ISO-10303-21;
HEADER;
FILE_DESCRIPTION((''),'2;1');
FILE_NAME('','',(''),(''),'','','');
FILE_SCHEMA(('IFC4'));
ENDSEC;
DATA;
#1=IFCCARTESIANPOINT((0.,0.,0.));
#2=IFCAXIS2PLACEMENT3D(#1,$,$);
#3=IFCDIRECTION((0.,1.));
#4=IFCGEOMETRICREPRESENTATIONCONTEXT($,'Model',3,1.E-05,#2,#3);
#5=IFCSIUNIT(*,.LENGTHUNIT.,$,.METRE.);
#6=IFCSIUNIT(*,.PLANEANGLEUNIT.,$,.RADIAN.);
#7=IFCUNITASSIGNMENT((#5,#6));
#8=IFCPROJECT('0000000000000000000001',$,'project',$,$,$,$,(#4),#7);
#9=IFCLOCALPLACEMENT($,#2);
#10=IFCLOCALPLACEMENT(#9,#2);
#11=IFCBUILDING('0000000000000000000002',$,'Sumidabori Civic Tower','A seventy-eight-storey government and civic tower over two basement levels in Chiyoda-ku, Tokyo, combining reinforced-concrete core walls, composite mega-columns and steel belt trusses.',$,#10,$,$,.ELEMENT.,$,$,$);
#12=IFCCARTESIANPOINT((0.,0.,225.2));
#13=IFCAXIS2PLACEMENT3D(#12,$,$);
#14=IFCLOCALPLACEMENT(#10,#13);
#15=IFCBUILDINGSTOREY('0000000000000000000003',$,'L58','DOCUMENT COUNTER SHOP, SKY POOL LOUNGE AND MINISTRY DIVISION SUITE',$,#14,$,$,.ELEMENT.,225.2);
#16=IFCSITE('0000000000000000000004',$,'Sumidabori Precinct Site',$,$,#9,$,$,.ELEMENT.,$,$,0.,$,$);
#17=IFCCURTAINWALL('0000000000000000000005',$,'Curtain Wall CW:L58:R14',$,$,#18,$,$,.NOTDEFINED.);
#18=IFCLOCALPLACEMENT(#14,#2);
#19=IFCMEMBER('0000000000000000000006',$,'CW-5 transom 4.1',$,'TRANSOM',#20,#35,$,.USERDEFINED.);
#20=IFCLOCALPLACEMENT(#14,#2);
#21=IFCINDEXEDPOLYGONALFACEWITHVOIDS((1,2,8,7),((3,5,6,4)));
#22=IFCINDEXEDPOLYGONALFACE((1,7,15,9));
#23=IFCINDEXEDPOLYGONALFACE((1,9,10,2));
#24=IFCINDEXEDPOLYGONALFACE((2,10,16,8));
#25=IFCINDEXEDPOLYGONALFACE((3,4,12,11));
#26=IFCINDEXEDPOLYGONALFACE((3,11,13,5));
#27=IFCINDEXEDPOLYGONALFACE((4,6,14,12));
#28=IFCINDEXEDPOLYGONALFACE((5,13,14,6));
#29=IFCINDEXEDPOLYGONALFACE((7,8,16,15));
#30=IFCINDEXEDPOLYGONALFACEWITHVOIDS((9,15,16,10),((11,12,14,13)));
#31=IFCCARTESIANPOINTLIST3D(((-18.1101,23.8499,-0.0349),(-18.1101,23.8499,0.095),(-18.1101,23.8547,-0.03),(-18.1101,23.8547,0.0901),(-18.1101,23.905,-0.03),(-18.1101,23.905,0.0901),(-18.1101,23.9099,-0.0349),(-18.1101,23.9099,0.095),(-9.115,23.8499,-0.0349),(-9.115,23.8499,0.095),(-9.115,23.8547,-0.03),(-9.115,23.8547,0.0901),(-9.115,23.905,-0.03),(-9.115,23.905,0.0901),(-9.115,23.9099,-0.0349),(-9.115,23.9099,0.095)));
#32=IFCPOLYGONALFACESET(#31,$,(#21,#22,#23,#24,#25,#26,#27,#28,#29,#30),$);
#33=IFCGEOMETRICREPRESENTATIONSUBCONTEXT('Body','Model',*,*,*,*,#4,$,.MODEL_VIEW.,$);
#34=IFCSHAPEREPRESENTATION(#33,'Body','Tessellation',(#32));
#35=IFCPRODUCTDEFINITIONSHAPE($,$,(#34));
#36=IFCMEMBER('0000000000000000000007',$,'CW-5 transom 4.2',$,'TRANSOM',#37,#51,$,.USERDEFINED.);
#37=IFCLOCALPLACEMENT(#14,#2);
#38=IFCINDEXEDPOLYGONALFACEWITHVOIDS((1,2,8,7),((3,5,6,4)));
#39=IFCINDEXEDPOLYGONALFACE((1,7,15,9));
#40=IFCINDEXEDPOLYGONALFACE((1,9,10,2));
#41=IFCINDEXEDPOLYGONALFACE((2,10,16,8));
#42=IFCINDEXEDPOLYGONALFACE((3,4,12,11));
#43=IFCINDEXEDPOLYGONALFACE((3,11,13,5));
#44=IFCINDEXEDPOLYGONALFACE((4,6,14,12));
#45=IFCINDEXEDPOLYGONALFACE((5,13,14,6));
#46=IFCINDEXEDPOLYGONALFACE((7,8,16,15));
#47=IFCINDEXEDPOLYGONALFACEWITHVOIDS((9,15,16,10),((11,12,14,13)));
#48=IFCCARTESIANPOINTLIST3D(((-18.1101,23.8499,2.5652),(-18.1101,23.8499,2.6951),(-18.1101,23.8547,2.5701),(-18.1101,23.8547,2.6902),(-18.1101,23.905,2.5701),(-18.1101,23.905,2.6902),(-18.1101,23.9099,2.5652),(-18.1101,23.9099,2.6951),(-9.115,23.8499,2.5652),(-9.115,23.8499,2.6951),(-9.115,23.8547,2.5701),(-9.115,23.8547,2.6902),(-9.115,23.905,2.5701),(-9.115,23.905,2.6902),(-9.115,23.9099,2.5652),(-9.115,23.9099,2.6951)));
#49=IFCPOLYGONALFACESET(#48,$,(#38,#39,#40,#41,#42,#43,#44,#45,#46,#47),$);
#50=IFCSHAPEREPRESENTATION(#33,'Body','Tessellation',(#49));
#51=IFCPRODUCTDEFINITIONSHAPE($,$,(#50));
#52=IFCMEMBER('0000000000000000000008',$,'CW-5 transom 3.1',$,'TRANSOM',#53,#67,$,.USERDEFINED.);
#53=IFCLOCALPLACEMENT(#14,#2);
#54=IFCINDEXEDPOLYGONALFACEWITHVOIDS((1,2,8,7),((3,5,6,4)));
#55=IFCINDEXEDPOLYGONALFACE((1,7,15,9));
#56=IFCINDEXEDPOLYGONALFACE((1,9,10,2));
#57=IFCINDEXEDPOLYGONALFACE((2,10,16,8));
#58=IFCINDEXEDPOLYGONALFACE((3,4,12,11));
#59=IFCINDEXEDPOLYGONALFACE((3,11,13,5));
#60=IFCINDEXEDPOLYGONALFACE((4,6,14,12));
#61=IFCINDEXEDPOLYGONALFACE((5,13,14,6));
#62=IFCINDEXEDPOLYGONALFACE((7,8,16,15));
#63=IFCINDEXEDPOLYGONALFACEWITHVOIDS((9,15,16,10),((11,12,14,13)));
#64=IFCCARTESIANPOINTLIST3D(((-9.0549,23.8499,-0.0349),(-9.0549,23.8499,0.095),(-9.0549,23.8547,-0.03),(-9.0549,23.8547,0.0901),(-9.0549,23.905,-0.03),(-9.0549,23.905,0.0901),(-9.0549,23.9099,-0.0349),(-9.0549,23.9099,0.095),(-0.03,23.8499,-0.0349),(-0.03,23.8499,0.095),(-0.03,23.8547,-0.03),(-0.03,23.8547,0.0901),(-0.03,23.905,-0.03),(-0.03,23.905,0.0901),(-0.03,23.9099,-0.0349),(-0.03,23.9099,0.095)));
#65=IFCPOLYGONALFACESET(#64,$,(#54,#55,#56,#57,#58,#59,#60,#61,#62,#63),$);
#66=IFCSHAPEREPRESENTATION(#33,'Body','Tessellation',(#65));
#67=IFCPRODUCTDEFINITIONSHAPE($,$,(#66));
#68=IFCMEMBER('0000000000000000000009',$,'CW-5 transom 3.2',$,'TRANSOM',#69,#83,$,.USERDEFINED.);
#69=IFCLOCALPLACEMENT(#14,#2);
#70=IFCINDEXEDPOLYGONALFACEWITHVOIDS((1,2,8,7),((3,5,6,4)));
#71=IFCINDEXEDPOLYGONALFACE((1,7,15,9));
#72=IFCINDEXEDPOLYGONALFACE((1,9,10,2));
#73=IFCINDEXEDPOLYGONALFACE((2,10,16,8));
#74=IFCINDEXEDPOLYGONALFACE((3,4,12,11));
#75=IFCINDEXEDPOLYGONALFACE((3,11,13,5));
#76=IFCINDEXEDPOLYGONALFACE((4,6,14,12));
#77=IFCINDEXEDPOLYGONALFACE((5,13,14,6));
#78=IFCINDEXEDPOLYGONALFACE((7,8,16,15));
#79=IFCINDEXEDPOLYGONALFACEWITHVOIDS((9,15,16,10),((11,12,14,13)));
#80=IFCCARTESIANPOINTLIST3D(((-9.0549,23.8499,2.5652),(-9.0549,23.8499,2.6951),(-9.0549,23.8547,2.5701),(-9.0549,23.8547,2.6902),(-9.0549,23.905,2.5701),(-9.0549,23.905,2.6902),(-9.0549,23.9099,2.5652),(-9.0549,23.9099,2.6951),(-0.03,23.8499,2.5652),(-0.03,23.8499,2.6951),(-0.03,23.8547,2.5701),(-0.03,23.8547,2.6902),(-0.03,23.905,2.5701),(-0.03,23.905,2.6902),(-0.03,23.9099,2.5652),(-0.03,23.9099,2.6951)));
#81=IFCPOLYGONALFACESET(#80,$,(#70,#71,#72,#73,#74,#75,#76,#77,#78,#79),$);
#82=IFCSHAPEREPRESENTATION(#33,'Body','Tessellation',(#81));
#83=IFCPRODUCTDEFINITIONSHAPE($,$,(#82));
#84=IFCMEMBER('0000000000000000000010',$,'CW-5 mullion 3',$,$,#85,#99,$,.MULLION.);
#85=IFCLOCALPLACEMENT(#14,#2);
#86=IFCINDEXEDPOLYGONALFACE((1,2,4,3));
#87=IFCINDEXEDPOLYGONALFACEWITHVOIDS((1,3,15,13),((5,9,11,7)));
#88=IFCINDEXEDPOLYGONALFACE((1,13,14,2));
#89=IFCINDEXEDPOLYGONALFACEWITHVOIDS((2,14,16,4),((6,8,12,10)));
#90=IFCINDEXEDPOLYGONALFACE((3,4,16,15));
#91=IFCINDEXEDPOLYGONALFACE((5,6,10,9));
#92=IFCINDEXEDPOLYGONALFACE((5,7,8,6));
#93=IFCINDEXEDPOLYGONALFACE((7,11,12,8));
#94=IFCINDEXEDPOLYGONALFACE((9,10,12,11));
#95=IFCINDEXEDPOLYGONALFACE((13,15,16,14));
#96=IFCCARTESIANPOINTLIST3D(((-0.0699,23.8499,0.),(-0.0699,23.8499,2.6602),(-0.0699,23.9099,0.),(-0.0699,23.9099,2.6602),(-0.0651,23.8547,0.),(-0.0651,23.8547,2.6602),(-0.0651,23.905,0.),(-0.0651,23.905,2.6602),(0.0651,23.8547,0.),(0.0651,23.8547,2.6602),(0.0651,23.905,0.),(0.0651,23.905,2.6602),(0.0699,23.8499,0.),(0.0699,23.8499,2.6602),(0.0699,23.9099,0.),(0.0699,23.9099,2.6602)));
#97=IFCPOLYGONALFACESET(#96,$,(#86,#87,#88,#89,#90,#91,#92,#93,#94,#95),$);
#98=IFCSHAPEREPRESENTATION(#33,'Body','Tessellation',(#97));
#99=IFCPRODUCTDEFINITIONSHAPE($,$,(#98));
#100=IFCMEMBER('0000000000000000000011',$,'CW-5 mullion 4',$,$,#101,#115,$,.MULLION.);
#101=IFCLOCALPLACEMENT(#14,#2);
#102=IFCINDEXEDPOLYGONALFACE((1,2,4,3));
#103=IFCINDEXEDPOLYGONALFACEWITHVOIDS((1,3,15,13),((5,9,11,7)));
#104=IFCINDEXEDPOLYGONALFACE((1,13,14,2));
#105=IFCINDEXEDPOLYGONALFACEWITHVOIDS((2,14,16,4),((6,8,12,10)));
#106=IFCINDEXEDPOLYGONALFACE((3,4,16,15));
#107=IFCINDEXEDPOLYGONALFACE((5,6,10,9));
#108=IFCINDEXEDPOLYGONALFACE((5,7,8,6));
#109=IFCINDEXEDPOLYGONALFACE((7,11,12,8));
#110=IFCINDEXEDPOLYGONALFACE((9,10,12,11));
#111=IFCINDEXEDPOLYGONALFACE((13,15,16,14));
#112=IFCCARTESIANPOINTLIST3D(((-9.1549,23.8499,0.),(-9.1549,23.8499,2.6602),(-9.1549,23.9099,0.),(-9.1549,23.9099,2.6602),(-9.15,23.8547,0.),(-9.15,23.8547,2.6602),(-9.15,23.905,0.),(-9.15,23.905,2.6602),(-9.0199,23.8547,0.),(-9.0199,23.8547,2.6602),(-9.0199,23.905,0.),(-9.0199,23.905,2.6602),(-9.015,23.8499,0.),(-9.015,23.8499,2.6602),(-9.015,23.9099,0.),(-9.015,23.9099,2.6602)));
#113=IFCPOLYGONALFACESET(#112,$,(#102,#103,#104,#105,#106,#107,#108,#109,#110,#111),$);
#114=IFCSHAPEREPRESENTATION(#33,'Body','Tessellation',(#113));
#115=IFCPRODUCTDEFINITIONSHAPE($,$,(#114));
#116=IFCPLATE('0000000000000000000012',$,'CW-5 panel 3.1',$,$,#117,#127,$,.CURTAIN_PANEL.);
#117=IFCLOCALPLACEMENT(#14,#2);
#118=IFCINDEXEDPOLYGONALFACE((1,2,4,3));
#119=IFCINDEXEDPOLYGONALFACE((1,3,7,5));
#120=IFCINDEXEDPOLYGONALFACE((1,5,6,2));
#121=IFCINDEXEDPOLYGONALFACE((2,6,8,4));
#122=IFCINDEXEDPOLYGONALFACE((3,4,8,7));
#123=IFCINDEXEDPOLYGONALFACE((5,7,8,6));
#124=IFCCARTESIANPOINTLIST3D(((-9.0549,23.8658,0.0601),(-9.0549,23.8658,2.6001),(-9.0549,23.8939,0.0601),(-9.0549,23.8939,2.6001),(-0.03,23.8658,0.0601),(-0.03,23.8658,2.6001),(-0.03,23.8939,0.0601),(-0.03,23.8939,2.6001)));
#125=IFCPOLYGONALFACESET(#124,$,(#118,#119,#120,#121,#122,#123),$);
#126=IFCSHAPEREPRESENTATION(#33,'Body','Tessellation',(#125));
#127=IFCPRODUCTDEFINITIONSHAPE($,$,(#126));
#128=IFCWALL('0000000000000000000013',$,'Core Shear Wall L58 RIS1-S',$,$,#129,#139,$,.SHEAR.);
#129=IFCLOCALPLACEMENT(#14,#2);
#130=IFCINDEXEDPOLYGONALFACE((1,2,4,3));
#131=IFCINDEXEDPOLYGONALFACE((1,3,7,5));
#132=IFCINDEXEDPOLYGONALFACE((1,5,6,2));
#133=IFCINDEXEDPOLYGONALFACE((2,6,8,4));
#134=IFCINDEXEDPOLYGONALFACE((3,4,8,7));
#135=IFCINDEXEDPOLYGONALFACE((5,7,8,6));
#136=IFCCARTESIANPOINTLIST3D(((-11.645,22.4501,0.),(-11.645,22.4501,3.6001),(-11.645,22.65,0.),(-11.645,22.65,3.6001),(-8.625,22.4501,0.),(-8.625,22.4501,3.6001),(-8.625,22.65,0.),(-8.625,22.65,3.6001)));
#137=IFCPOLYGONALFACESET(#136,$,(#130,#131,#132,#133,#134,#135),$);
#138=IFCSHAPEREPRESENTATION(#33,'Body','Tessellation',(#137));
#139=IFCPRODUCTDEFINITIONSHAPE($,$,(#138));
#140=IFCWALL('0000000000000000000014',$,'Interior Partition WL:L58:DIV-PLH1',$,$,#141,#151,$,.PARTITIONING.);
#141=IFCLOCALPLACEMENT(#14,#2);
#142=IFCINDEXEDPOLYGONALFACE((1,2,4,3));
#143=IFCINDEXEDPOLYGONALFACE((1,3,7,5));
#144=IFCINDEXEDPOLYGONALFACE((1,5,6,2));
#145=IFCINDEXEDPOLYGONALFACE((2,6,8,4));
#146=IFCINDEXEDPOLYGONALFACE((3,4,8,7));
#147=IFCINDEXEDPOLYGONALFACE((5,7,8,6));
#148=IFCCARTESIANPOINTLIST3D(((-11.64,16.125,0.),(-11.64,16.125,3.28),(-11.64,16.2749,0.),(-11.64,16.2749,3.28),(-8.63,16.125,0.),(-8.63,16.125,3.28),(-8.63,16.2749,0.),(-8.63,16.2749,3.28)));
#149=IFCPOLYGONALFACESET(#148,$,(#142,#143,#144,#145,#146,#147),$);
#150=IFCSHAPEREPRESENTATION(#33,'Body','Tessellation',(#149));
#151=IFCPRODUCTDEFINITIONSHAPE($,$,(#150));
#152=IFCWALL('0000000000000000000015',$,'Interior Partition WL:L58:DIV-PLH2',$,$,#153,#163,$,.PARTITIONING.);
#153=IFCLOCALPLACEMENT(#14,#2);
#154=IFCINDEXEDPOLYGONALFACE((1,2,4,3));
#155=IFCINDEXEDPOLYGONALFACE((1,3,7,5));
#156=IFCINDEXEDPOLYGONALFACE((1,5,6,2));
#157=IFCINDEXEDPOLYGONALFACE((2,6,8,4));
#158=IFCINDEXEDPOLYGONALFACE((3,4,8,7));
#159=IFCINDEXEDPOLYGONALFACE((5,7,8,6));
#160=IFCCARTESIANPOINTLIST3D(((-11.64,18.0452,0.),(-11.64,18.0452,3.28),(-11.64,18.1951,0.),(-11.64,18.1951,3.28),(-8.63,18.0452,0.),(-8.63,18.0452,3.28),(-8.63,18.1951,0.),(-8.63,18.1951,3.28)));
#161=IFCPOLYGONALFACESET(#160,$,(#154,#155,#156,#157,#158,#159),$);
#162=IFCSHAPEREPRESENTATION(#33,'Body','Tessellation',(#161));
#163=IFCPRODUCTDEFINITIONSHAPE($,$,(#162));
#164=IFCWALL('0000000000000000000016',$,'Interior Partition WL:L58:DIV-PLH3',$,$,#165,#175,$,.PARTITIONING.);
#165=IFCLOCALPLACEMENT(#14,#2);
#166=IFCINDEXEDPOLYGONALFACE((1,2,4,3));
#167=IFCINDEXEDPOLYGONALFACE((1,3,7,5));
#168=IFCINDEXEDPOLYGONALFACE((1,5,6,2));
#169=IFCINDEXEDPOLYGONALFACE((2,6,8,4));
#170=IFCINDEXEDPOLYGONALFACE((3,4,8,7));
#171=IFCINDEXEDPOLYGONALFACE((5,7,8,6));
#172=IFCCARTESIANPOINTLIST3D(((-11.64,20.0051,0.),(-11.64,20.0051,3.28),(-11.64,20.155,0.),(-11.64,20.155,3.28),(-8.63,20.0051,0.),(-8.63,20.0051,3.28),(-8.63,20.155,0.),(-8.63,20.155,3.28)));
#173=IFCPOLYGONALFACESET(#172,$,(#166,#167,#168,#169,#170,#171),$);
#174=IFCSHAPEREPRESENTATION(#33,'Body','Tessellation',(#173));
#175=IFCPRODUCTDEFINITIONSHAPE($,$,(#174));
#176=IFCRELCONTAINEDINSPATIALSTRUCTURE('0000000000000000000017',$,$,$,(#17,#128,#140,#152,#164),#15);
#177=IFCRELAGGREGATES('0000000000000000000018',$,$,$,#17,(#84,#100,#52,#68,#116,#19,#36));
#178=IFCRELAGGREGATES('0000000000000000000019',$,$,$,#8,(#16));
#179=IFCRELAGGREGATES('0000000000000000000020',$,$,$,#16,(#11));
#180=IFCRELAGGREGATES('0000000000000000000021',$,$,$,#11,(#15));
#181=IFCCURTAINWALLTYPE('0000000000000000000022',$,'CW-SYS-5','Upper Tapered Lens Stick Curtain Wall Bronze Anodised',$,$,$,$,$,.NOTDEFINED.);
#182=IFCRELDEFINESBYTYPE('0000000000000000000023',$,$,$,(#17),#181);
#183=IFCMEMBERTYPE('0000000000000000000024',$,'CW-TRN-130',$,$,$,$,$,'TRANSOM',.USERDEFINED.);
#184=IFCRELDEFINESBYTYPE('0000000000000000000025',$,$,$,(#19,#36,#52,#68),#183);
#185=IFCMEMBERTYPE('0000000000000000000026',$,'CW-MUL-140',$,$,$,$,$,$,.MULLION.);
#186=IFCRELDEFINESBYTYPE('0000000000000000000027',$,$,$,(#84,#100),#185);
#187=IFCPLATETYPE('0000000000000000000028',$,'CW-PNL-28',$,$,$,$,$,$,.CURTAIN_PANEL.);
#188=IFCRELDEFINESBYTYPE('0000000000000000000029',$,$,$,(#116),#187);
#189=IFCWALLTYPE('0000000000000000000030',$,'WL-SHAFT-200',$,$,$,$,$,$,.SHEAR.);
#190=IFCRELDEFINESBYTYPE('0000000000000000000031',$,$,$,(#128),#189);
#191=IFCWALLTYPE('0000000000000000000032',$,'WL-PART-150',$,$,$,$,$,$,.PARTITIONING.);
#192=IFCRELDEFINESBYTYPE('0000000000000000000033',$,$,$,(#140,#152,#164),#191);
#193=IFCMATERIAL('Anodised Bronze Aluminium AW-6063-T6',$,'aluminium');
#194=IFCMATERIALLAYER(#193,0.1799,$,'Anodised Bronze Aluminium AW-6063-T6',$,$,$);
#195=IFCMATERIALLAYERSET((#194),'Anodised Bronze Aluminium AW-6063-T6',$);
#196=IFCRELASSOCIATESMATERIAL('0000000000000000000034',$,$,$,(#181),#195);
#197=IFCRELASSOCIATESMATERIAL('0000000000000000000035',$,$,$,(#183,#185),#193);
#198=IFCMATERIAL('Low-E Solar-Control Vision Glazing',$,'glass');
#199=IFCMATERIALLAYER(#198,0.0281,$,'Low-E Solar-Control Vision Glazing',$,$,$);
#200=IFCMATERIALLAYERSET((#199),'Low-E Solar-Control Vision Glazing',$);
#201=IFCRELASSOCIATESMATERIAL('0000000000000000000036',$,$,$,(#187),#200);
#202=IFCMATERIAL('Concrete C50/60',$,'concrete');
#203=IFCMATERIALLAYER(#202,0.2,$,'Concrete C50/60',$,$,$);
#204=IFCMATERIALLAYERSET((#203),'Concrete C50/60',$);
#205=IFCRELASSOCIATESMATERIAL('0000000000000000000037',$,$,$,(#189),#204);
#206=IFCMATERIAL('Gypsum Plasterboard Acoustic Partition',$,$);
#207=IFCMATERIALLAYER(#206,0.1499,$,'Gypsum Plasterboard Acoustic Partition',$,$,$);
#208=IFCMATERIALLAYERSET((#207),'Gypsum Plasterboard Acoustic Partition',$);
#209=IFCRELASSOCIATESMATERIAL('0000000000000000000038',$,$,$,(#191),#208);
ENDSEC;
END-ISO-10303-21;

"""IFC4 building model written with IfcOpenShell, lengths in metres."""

from ifc_helpers import new_model, si_unit, direction, frame, frame_2d, origin, origin_2d, place, context, subcontext, project, spatial, rectangle, hollow_rectangle, extrude, source, transform, mapped, material, layer, layer_set, material_profile, profile_set, type_object, element, aggregate, save


model = new_model("IFC4")

# Units and contexts
model_context = context("Model", 3, precision=1e-05, world=origin(), true_north=direction((0.0, 1.0)))
body_context = subcontext(model_context, "Body", "Model", "MODEL_VIEW")
ifc_project = project(units=[si_unit("LENGTHUNIT", "METRE"), si_unit("PLANEANGLEUNIT", "RADIAN")], contexts=[model_context])

# Site, building, storey
site_placement = place(None, origin())
site = spatial("IfcSite", under=ifc_project, at=site_placement, Name="Sumidabori Precinct Site", CompositionType="ELEMENT", RefElevation=0.0)
building_placement = place(site_placement, origin())
building = spatial("IfcBuilding", under=site, at=building_placement, Name="Sumidabori Civic Tower", Description="A seventy-eight-storey government and civic tower over two basement levels in Chiyoda-ku, Tokyo, combining reinforced-concrete core walls, composite mega-columns and steel belt trusses.", CompositionType="ELEMENT")
storey_placement = place(building_placement, frame((0.0, 0.0, 225.2)))
storey = spatial("IfcBuildingStorey", under=building, at=storey_placement, Name="L58", Description="DOCUMENT COUNTER SHOP, SKY POOL LOUNGE AND MINISTRY DIVISION SUITE", CompositionType="ELEMENT", Elevation=225.2)

# Curtain wall, members, plate
ifc_material_1 = material(Name="Anodised Bronze Aluminium AW-6063-T6", Category="aluminium")
ifc_layer_1 = layer(ifc_material_1, 0.1799, Name="Anodised Bronze Aluminium AW-6063-T6")
ifc_layer_set_1 = layer_set([ifc_layer_1], Name="Anodised Bronze Aluminium AW-6063-T6")
curtain_wall_type = type_object("IfcCurtainWallType", Name="CW-SYS-5", Description="Upper Tapered Lens Stick Curtain Wall Bronze Anodised", PredefinedType="NOTDEFINED", material=ifc_layer_set_1)
curtain_wall_placement = place(storey_placement, origin())
curtain_wall = element("IfcCurtainWall", 1, at=curtain_wall_placement, inside=storey, type_object=curtain_wall_type, Name="Curtain Wall CW:L58:R14", PredefinedType="NOTDEFINED")
ifc_material_profile_1 = material_profile(ifc_material_1, hollow_rectangle(XDim=0.0601, YDim=0.1299, WallThickness=0.0049, at=origin_2d()), Name="ALU TRANSOM 130x60")
ifc_profile_set_1 = profile_set([ifc_material_profile_1], Name="Anodised Bronze Aluminium AW-6063-T6")
member_type_1 = type_object("IfcMemberType", Name="CW-TRN-130", ElementType="TRANSOM", PredefinedType="USERDEFINED", material=ifc_profile_set_1)
shared_shape_1 = source(origin(), body_context, "Body", "SweptSolid", [
    extrude(hollow_rectangle(XDim=0.0601, YDim=0.1299, WallThickness=0.0049, at=origin_2d()), origin(), (0.0, 0.0, 1.0), 8.9951),
])
member_1_placement = place(storey_placement, frame((-9.115, 23.8799, 0.03), z_axis=(-1.0, 0.0, 0.0), x_axis=(0.0, -1.0, 0.0)))
member_1 = element("IfcMember", 2, at=member_1_placement, type_object=member_type_1, Name="CW-5 transom 4.1", ObjectType="TRANSOM", PredefinedType="USERDEFINED", context=body_context, shape_type="MappedRepresentation", body=[
    mapped(shared_shape_1, transform((0.0, 0.0, 0.0), x_axis=(1.0, 0.0, 0.0), y_axis=(0.0, 1.0, 0.0), z_axis=(0.0, 0.0, 1.0), scale=1.0)),
])
member_2_placement = place(storey_placement, frame((-9.115, 23.8799, 2.6301), z_axis=(-1.0, 0.0, 0.0), x_axis=(0.0, -1.0, 0.0)))
member_2 = element("IfcMember", 3, at=member_2_placement, type_object=member_type_1, Name="CW-5 transom 4.2", ObjectType="TRANSOM", PredefinedType="USERDEFINED", context=body_context, shape_type="MappedRepresentation", body=[
    mapped(shared_shape_1, transform((0.0, 0.0, 0.0), x_axis=(1.0, 0.0, 0.0), y_axis=(0.0, 1.0, 0.0), z_axis=(0.0, 0.0, 1.0), scale=1.0)),
])
shared_shape_2 = source(origin(), body_context, "Body", "SweptSolid", [
    extrude(hollow_rectangle(XDim=0.0601, YDim=0.1299, WallThickness=0.0049, at=origin_2d()), origin(), (0.0, 0.0, 1.0), 9.0249),
])
member_3_placement = place(storey_placement, frame((-0.03, 23.8799, 0.03), z_axis=(-1.0, 0.0, 0.0), x_axis=(0.0, -1.0, 0.0)))
member_3 = element("IfcMember", 4, at=member_3_placement, type_object=member_type_1, Name="CW-5 transom 3.1", ObjectType="TRANSOM", PredefinedType="USERDEFINED", context=body_context, shape_type="MappedRepresentation", body=[
    mapped(shared_shape_2, transform((0.0, 0.0, 0.0), x_axis=(1.0, 0.0, 0.0), y_axis=(0.0, 1.0, 0.0), z_axis=(0.0, 0.0, 1.0), scale=1.0)),
])
member_4_placement = place(storey_placement, frame((-0.03, 23.8799, 2.6301), z_axis=(-1.0, 0.0, 0.0), x_axis=(0.0, -1.0, 0.0)))
member_4 = element("IfcMember", 5, at=member_4_placement, type_object=member_type_1, Name="CW-5 transom 3.2", ObjectType="TRANSOM", PredefinedType="USERDEFINED", context=body_context, shape_type="MappedRepresentation", body=[
    mapped(shared_shape_2, transform((0.0, 0.0, 0.0), x_axis=(1.0, 0.0, 0.0), y_axis=(0.0, 1.0, 0.0), z_axis=(0.0, 0.0, 1.0), scale=1.0)),
])
ifc_material_profile_2 = material_profile(ifc_material_1, hollow_rectangle(XDim=0.0601, YDim=0.1399, WallThickness=0.0049, at=origin_2d()), Name="ALU MULLION 140x60")
ifc_profile_set_2 = profile_set([ifc_material_profile_2], Name="Anodised Bronze Aluminium AW-6063-T6")
member_type_2 = type_object("IfcMemberType", Name="CW-MUL-140", PredefinedType="MULLION", material=ifc_profile_set_2)
shared_shape_3 = source(origin(), body_context, "Body", "SweptSolid", [
    extrude(hollow_rectangle(XDim=0.0601, YDim=0.1399, WallThickness=0.0049, at=origin_2d()), origin(), (0.0, 0.0, 1.0), 2.6602),
])
member_5_placement = place(storey_placement, frame((0.0, 23.8799, 0.0), z_axis=(0.0, 0.0, 1.0), x_axis=(0.0, -1.0, 0.0)))
member_5 = element("IfcMember", 6, at=member_5_placement, type_object=member_type_2, Name="CW-5 mullion 3", PredefinedType="MULLION", context=body_context, shape_type="MappedRepresentation", body=[
    mapped(shared_shape_3, transform((0.0, 0.0, 0.0), x_axis=(1.0, 0.0, 0.0), y_axis=(0.0, 1.0, 0.0), z_axis=(0.0, 0.0, 1.0), scale=1.0)),
])
member_6_placement = place(storey_placement, frame((-9.085, 23.8799, 0.0), z_axis=(0.0, 0.0, 1.0), x_axis=(0.0, -1.0, 0.0)))
member_6 = element("IfcMember", 7, at=member_6_placement, type_object=member_type_2, Name="CW-5 mullion 4", PredefinedType="MULLION", context=body_context, shape_type="MappedRepresentation", body=[
    mapped(shared_shape_3, transform((0.0, 0.0, 0.0), x_axis=(1.0, 0.0, 0.0), y_axis=(0.0, 1.0, 0.0), z_axis=(0.0, 0.0, 1.0), scale=1.0)),
])
ifc_material_2 = material(Name="Low-E Solar-Control Vision Glazing", Category="glass")
ifc_layer_2 = layer(ifc_material_2, 0.0281, Name="Low-E Solar-Control Vision Glazing")
ifc_layer_set_2 = layer_set([ifc_layer_2], Name="Low-E Solar-Control Vision Glazing")
plate_type = type_object("IfcPlateType", Name="CW-PNL-28", PredefinedType="CURTAIN_PANEL", material=ifc_layer_set_2)
shared_shape_4 = source(origin(), body_context, "Body", "SweptSolid", [
    extrude(rectangle(XDim=9.0249, YDim=0.0281, at=origin_2d()), origin(), (0.0, 0.0, 1.0), 2.54),
])
plate_placement = place(storey_placement, frame((-4.5425, 23.8799, 0.0601), z_axis=(0.0, 0.0, 1.0), x_axis=(-1.0, 0.0, 0.0)))
plate = element("IfcPlate", 8, at=plate_placement, type_object=plate_type, Name="CW-5 panel 3.1", PredefinedType="CURTAIN_PANEL", context=body_context, shape_type="MappedRepresentation", body=[
    mapped(shared_shape_4, transform((0.0, 0.0, 0.0), x_axis=(1.0, 0.0, 0.0), y_axis=(0.0, 1.0, 0.0), z_axis=(0.0, 0.0, 1.0), scale=1.0)),
])
aggregate(curtain_wall, [member_5, member_6, member_3, member_4, plate, member_1, member_2])

# Walls
ifc_material_3 = material(Name="Concrete C50/60", Category="concrete")
ifc_layer_3 = layer(ifc_material_3, 0.2, Name="Concrete C50/60")
ifc_layer_set_3 = layer_set([ifc_layer_3], Name="Concrete C50/60")
wall_type_1 = type_object("IfcWallType", Name="WL-SHAFT-200", PredefinedType="SHEAR", material=ifc_layer_set_3)
shared_shape_5 = source(origin(), body_context, "Body", "SweptSolid", [
    extrude(rectangle(XDim=3.02, YDim=0.2, at=frame_2d((1.51, 0.0))), origin(), (0.0, 0.0, 1.0), 3.6001),
])
wall_1_placement = place(storey_placement, frame((-11.645, 22.55, 0.0), z_axis=(0.0, 0.0, 1.0), x_axis=(1.0, 0.0, 0.0)))
element("IfcWall", 9, at=wall_1_placement, inside=storey, type_object=wall_type_1, Name="Core Shear Wall L58 RIS1-S", PredefinedType="SHEAR", context=body_context, shape_type="MappedRepresentation", body=[
    mapped(shared_shape_5, transform((0.0, 0.0, 0.0), x_axis=(1.0, 0.0, 0.0), y_axis=(0.0, 1.0, 0.0), z_axis=(0.0, 0.0, 1.0), scale=1.0)),
])
ifc_material_4 = material(Name="Gypsum Plasterboard Acoustic Partition")
ifc_layer_4 = layer(ifc_material_4, 0.1499, Name="Gypsum Plasterboard Acoustic Partition")
ifc_layer_set_4 = layer_set([ifc_layer_4], Name="Gypsum Plasterboard Acoustic Partition")
wall_type_2 = type_object("IfcWallType", Name="WL-PART-150", PredefinedType="PARTITIONING", material=ifc_layer_set_4)
shared_shape_6 = source(origin(), body_context, "Body", "SweptSolid", [
    extrude(rectangle(XDim=3.01, YDim=0.1499, at=frame_2d((1.5049, 0.0))), origin(), (0.0, 0.0, 1.0), 3.28),
])
for number, where, z_axis, x_axis, name in (
    (10, (-11.6399, 16.2, 0.0), (0.0, 0.0, 1.0), (1.0, 0.0, 0.0), "Interior Partition WL:L58:DIV-PLH1"),
    (11, (-11.6399, 18.1201, 0.0), (0.0, 0.0, 1.0), (1.0, 0.0, 0.0), "Interior Partition WL:L58:DIV-PLH2"),
    (12, (-11.6399, 20.0801, 0.0), (0.0, 0.0, 1.0), (1.0, 0.0, 0.0), "Interior Partition WL:L58:DIV-PLH3"),
):
    element("IfcWall", number, at=place(storey_placement, frame(where, z_axis=z_axis, x_axis=x_axis)), inside=storey, type_object=wall_type_2, Name=name, PredefinedType="PARTITIONING", context=body_context, shape_type="MappedRepresentation", body=[
        mapped(shared_shape_6, transform((0.0, 0.0, 0.0), x_axis=(1.0, 0.0, 0.0), y_axis=(0.0, 1.0, 0.0), z_axis=(0.0, 0.0, 1.0), scale=1.0)),
    ])

save(model, "model.ifc")
